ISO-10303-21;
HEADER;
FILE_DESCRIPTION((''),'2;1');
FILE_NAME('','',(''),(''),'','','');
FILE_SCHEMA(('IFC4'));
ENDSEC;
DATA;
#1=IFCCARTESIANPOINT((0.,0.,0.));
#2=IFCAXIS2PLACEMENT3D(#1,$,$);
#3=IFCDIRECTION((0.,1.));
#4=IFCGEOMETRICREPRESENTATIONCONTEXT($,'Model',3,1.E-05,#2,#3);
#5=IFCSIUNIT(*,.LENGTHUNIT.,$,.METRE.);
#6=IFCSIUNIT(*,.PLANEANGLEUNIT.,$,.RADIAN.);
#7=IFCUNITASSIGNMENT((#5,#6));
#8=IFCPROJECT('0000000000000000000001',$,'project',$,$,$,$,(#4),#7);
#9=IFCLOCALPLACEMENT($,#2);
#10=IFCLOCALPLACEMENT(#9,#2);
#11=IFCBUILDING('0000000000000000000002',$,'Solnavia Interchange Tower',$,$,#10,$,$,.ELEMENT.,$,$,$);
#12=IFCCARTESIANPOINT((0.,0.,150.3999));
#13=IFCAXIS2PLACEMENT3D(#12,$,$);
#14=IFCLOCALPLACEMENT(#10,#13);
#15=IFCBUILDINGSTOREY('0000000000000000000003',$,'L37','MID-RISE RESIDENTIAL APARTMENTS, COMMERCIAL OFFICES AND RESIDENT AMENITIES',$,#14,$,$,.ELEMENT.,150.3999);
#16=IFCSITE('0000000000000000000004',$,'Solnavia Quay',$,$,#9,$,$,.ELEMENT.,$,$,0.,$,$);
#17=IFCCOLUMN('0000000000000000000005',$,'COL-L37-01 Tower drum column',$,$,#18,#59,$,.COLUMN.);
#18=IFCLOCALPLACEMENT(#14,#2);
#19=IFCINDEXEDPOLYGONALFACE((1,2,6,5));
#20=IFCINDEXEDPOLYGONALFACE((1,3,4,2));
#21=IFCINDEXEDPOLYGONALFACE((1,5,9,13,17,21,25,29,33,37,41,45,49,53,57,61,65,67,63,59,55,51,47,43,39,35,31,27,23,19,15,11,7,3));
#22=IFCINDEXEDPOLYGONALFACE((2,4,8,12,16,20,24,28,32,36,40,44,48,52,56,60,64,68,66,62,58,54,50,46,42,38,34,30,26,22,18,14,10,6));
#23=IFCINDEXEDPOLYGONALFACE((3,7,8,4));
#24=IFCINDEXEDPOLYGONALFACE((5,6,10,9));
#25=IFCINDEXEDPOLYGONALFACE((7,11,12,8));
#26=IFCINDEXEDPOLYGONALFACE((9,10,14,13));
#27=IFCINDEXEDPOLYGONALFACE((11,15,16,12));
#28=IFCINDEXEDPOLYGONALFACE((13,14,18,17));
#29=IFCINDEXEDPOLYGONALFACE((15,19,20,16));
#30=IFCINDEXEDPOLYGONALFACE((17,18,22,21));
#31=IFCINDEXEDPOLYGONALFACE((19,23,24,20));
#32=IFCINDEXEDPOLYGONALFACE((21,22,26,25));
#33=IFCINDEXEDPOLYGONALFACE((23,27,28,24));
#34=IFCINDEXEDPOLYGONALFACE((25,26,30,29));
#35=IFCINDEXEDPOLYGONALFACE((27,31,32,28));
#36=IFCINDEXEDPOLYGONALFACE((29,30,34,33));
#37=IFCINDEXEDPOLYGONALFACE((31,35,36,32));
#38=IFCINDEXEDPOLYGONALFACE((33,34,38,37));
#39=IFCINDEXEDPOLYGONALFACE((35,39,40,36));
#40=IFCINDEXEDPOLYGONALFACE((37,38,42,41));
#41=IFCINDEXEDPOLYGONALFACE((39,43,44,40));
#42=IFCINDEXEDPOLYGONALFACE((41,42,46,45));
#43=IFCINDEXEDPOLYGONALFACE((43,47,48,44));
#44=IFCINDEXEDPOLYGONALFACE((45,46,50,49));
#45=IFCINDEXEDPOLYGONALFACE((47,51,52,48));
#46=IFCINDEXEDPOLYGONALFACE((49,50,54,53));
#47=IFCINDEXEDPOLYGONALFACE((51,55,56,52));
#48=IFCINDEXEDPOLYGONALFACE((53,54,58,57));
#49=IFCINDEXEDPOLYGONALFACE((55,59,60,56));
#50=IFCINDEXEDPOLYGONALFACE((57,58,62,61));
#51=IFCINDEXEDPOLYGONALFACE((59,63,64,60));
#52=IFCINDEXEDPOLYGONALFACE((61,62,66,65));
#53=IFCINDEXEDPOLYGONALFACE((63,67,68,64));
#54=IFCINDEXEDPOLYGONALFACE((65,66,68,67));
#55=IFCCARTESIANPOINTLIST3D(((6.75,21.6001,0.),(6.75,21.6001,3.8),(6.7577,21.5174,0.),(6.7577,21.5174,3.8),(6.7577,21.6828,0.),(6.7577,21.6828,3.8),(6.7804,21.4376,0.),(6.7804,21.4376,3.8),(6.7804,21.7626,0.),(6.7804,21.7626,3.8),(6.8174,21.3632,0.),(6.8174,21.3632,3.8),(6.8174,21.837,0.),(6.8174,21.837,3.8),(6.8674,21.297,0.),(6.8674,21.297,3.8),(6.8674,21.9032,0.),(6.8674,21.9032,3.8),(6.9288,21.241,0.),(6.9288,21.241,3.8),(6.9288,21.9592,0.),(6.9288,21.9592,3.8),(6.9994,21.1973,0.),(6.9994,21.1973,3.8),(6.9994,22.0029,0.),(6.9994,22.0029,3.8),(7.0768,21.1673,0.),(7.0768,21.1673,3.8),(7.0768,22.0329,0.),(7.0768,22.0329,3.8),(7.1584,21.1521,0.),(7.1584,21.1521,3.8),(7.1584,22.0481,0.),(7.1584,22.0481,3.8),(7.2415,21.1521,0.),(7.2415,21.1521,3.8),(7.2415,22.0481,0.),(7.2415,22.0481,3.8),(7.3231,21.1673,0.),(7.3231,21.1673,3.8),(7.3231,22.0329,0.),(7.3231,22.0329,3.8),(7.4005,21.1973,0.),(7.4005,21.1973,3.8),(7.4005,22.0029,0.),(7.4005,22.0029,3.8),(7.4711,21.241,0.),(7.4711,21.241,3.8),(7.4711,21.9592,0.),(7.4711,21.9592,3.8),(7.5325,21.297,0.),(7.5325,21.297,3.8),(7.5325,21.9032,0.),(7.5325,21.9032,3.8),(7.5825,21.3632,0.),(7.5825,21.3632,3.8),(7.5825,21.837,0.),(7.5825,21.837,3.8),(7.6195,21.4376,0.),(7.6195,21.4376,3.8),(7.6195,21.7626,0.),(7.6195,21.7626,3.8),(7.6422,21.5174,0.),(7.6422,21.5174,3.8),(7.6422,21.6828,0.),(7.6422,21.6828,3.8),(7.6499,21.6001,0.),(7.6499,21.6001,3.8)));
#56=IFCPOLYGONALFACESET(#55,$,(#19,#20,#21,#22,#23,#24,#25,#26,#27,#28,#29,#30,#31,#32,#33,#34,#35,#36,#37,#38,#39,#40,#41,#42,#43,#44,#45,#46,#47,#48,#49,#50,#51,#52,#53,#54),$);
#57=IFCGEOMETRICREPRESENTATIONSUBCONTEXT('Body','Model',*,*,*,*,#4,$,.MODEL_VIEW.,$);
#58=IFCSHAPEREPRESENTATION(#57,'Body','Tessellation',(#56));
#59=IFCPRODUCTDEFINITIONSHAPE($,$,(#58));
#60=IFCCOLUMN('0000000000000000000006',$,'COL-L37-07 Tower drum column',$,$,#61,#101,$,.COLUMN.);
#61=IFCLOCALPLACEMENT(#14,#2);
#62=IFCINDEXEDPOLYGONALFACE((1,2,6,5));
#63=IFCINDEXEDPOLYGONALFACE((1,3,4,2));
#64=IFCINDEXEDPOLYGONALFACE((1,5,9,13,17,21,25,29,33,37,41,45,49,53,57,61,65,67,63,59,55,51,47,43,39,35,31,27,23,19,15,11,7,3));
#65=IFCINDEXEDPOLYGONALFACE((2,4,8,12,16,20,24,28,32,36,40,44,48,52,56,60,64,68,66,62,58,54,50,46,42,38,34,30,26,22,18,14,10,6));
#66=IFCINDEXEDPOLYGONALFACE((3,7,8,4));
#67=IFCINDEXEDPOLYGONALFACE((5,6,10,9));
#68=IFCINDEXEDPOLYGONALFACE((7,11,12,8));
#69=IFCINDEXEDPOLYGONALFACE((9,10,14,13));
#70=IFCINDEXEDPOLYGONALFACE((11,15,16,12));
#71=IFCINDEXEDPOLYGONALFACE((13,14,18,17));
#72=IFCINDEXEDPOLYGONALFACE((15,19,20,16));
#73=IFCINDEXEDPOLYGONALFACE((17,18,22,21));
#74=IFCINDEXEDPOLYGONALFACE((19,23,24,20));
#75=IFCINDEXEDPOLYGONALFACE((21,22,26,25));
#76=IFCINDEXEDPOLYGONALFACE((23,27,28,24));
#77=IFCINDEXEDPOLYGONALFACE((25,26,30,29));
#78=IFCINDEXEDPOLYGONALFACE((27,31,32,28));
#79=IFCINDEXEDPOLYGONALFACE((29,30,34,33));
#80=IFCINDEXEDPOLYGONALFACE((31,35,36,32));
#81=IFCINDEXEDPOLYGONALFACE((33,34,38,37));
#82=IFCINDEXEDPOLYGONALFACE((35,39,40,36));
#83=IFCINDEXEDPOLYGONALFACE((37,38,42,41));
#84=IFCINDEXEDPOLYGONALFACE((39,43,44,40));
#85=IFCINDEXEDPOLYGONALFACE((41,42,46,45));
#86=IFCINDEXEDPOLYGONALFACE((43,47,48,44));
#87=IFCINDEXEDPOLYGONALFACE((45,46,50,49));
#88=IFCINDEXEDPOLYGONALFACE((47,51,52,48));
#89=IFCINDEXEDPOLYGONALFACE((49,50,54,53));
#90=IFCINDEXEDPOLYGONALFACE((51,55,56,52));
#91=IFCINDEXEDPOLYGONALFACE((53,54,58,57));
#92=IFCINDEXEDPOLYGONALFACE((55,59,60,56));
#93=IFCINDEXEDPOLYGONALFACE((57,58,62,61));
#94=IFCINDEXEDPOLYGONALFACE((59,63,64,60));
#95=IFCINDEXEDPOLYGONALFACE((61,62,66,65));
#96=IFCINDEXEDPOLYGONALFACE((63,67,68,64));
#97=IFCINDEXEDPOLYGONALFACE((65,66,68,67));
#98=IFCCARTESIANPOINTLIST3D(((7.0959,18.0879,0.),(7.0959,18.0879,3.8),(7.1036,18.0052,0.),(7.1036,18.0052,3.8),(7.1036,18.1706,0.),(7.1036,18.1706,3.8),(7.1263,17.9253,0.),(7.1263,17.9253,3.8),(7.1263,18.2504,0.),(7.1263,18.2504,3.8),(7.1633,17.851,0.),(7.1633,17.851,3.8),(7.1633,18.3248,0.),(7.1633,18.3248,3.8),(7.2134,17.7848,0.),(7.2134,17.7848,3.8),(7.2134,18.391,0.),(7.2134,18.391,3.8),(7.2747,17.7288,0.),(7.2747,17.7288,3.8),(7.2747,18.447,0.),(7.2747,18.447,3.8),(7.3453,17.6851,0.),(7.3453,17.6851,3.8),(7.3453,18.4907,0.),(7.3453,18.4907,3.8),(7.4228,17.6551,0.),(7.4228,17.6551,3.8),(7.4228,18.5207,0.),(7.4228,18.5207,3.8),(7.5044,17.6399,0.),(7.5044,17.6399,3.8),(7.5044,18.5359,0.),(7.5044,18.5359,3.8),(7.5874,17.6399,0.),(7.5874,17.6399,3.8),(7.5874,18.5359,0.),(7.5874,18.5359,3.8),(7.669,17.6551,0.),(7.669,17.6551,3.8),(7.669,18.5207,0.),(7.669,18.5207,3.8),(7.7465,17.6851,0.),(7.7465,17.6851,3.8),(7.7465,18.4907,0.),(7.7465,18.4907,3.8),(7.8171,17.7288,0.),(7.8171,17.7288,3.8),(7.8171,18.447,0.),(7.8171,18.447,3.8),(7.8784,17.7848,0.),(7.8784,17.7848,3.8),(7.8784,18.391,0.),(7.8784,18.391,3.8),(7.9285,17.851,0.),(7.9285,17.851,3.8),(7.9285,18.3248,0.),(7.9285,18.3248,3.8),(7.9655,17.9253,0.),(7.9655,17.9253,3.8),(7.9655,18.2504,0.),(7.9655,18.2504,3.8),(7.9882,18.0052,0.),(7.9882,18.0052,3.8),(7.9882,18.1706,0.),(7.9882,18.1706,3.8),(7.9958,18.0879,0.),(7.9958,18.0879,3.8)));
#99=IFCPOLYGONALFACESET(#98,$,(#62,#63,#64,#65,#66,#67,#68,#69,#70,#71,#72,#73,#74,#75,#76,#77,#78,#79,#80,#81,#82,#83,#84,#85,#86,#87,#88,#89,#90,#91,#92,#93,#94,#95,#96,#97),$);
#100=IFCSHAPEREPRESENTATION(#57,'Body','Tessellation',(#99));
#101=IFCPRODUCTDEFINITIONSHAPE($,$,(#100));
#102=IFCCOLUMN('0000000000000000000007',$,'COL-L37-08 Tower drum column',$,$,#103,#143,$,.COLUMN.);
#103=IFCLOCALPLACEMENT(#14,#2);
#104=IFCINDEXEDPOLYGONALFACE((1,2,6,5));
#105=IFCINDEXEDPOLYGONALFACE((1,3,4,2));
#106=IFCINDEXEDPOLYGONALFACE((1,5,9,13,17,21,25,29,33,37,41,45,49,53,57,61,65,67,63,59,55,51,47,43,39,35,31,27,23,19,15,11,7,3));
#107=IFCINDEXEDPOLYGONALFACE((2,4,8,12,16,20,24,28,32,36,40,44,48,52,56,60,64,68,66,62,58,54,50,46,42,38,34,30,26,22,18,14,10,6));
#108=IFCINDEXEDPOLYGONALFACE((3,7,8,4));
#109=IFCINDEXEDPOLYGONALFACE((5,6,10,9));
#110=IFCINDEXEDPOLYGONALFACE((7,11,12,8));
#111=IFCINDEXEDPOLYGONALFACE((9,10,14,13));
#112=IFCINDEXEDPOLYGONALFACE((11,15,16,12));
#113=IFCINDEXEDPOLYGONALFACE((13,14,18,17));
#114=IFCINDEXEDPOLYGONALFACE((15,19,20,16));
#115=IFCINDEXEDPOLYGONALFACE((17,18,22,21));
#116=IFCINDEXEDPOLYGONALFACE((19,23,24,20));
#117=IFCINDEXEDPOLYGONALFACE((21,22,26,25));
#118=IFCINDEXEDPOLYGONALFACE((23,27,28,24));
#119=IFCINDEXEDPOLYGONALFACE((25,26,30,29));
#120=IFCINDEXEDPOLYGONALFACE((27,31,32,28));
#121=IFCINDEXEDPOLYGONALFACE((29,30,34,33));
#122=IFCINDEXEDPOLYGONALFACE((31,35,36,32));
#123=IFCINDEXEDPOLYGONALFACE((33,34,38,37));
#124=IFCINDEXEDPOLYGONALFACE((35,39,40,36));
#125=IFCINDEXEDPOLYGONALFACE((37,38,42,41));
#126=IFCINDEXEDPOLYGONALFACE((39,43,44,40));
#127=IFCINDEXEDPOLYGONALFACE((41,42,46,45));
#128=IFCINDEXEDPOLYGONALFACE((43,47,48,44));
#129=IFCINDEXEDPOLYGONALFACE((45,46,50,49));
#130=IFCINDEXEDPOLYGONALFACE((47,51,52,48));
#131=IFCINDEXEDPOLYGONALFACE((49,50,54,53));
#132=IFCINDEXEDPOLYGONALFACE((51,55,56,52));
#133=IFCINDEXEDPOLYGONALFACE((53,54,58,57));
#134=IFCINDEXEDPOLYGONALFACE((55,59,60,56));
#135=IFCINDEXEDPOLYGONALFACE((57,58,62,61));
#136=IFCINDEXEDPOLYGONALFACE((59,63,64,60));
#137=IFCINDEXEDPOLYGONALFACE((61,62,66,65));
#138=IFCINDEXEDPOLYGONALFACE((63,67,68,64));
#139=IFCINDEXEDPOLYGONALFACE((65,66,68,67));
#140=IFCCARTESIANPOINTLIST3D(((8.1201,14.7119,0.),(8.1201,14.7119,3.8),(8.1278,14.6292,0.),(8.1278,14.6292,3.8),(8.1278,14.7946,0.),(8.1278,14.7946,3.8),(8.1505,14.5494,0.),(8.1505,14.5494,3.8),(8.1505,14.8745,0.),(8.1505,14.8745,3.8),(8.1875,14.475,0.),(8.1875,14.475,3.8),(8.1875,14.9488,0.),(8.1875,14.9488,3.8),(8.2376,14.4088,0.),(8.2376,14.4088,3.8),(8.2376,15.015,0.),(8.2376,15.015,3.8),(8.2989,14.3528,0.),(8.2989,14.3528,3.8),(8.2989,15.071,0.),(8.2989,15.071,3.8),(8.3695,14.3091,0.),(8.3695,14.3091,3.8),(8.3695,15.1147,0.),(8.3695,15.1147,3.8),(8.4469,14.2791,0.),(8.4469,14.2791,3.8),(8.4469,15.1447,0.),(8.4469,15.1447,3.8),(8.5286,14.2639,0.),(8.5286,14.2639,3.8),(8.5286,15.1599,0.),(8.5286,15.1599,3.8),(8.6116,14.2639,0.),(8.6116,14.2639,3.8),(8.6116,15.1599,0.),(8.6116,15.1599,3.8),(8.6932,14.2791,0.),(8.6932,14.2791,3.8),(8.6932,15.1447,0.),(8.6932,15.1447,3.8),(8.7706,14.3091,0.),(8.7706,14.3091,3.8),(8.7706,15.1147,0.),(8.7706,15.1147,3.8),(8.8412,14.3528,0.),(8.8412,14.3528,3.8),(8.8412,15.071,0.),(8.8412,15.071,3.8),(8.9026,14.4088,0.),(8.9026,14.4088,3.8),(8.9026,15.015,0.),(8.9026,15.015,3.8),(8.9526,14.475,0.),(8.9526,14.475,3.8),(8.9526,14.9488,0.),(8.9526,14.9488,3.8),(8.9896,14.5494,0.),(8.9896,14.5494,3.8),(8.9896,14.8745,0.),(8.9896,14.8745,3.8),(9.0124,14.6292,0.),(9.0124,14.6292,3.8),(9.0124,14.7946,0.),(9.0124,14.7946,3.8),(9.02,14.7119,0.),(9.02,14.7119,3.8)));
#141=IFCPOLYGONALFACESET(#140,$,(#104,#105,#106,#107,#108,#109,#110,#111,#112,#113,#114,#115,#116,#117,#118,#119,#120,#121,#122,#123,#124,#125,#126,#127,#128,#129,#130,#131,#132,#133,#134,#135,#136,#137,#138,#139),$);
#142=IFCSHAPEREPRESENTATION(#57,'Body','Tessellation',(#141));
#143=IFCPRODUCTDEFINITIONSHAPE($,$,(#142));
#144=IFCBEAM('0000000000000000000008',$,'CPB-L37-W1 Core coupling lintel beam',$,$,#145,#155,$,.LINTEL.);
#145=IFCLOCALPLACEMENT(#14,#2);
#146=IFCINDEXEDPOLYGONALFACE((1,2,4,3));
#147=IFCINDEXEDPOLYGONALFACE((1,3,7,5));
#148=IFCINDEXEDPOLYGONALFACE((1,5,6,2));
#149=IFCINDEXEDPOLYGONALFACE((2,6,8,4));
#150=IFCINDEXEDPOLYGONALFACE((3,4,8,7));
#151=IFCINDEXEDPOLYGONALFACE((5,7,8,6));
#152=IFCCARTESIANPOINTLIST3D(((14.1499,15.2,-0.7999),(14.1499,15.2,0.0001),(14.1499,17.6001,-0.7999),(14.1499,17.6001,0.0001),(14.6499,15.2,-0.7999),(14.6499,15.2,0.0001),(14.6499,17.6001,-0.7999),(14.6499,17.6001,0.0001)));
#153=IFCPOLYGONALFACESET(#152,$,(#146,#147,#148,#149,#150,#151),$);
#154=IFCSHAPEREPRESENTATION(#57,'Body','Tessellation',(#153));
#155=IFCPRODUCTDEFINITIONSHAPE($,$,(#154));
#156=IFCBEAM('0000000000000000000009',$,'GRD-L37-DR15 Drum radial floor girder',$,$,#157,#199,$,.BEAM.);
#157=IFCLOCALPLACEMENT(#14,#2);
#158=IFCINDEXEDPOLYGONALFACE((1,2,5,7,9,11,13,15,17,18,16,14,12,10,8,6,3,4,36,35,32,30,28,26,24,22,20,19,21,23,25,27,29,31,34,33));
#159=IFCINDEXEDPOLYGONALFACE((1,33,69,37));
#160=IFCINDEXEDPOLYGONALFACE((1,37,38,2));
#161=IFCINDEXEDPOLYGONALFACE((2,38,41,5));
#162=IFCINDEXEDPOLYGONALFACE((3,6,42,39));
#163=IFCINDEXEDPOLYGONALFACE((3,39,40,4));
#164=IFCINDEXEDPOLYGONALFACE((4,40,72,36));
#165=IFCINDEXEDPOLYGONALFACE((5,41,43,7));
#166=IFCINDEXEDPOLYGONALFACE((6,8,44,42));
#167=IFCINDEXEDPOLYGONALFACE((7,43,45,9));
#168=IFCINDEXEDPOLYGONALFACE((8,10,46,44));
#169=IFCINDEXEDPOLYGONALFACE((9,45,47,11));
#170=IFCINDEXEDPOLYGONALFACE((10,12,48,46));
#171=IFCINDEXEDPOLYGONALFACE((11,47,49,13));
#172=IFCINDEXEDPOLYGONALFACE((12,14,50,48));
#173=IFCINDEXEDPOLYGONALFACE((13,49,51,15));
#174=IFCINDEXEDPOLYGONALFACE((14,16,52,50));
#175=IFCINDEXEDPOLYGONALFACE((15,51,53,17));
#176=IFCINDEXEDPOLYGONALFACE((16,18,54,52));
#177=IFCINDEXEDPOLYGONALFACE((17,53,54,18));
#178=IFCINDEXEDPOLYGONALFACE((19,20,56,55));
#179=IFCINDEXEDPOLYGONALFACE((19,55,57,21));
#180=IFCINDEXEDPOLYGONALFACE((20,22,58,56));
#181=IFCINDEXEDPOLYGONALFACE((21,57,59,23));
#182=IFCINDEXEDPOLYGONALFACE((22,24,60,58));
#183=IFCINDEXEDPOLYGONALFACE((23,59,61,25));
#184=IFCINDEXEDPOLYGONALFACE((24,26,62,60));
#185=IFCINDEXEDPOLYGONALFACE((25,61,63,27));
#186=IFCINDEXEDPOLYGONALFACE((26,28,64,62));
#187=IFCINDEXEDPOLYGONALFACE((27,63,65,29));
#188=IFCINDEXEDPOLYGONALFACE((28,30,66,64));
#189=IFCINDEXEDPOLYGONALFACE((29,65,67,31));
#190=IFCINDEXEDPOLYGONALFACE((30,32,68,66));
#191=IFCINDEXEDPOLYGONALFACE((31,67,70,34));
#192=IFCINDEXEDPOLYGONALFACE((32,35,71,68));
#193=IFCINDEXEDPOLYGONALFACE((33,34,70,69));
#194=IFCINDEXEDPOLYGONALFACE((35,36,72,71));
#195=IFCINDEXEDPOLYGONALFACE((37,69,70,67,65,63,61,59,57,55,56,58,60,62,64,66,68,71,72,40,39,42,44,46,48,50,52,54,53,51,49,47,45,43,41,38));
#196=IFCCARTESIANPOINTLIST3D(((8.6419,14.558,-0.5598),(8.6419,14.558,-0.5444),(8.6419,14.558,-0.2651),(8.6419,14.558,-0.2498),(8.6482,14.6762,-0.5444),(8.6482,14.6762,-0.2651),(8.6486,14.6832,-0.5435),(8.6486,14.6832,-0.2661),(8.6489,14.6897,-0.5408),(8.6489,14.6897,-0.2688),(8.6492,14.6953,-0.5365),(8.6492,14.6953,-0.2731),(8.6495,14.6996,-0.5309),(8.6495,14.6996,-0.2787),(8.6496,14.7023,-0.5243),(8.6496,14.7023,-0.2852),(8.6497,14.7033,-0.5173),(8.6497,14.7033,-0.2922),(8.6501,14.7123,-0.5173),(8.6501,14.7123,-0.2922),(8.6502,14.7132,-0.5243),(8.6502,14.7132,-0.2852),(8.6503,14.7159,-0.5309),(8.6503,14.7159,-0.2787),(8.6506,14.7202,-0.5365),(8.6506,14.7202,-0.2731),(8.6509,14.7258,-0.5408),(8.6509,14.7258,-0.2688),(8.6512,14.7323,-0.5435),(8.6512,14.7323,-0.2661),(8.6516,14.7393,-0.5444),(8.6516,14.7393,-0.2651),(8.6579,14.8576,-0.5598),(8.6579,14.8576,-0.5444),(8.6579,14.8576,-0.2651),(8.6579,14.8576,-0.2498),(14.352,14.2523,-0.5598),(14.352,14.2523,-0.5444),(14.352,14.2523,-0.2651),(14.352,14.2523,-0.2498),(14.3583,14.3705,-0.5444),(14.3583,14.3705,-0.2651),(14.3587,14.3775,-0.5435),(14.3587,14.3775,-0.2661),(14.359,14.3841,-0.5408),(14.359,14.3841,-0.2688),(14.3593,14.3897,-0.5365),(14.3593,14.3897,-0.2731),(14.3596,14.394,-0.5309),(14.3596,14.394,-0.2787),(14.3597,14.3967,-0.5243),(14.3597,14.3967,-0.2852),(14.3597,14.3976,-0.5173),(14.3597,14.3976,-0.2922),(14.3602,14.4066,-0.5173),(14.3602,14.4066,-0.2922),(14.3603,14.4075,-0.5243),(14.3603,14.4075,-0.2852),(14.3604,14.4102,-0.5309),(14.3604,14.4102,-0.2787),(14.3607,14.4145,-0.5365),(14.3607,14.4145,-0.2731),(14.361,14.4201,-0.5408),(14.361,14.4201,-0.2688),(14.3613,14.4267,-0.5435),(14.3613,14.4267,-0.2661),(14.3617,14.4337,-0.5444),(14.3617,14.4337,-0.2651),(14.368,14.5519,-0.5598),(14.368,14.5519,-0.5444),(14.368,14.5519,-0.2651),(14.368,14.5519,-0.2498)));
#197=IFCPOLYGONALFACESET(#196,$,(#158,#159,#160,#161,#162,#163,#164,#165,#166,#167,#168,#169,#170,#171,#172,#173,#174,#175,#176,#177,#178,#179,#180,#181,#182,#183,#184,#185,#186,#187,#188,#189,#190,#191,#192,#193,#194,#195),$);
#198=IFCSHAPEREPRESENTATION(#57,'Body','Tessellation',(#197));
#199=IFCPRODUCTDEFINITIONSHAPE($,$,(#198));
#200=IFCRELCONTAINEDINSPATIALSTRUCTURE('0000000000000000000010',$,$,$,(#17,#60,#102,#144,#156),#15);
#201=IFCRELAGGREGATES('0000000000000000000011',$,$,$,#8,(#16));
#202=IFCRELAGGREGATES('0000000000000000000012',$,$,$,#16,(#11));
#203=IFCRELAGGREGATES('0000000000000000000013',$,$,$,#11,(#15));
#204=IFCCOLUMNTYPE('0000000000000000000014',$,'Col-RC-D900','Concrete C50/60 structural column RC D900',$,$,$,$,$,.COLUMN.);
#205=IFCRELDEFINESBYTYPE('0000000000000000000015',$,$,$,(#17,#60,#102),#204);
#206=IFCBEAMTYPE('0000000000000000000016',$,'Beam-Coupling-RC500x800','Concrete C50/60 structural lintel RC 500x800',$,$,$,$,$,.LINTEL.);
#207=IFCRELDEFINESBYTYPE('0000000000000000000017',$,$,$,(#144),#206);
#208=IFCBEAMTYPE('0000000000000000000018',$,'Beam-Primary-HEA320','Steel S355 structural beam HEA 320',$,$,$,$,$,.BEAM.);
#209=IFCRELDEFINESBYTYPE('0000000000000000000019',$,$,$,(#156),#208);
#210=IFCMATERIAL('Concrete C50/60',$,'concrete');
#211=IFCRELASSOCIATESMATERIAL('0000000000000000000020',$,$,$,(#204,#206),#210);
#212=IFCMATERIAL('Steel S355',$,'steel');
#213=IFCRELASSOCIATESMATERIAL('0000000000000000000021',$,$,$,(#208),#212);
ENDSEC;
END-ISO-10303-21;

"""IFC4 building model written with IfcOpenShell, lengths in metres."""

from ifc_helpers import new_model, si_unit, direction, frame, origin, origin_2d, place, context, subcontext, project, spatial, rectangle, circle, i_section, extrude, material, material_profile, profile_set, type_object, element, save


model = new_model("IFC4")

# Units and contexts
model_context = context("Model", 3, precision=1e-05, world=origin(), true_north=direction((0.0, 1.0)))
body_context = subcontext(model_context, "Body", "Model", "MODEL_VIEW")
ifc_project = project(units=[si_unit("LENGTHUNIT", "METRE"), si_unit("PLANEANGLEUNIT", "RADIAN")], contexts=[model_context])

# Site, building, storey
site_placement = place(None, origin())
site = spatial("IfcSite", under=ifc_project, at=site_placement, Name="Solnavia Quay", CompositionType="ELEMENT", RefElevation=0.0)
building_placement = place(site_placement, origin())
building = spatial("IfcBuilding", under=site, at=building_placement, Name="Solnavia Interchange Tower", CompositionType="ELEMENT")
storey_placement = place(building_placement, frame((0.0, 0.0, 150.3999)))
storey = spatial("IfcBuildingStorey", under=building, at=storey_placement, Name="L37", Description="MID-RISE RESIDENTIAL APARTMENTS, COMMERCIAL OFFICES AND RESIDENT AMENITIES", CompositionType="ELEMENT", Elevation=150.3999)

# Columns
ifc_material_1 = material(Name="Concrete C50/60", Category="concrete")
ifc_material_profile_1 = material_profile(ifc_material_1, circle(Radius=0.45, at=origin_2d()), Name="RC D900")
ifc_profile_set_1 = profile_set([ifc_material_profile_1], Name="Concrete C50/60")
column_type = type_object("IfcColumnType", Name="Col-RC-D900", Description="Concrete C50/60 structural column RC D900", PredefinedType="COLUMN", material=ifc_profile_set_1)
for number, where, z_axis, x_axis, name in (
    (1, (7.2, 21.6001, 0.0), (0.0, 0.0, 1.0), (1.0, 0.0, 0.0), "COL-L37-01 Tower drum column"),
    (2, (7.5459, 18.0879, 0.0), (0.0, 0.0, 1.0), (1.0, 0.0, 0.0), "COL-L37-07 Tower drum column"),
    (3, (8.5701, 14.7119, 0.0), (0.0, 0.0, 1.0), (1.0, 0.0, 0.0), "COL-L37-08 Tower drum column"),
):
    element("IfcColumn", number, at=place(storey_placement, frame(where, z_axis=z_axis, x_axis=x_axis)), inside=storey, type_object=column_type, Name=name, PredefinedType="COLUMN", context=body_context, shape_type="SweptSolid", body=[
        extrude(circle(Radius=0.45, at=origin_2d()), origin(), (0.0, 0.0, 1.0), 3.8),
    ])

# Beams
ifc_material_profile_2 = material_profile(ifc_material_1, rectangle(XDim=0.5, YDim=0.8, at=origin_2d()), Name="RC 500x800")
ifc_profile_set_2 = profile_set([ifc_material_profile_2], Name="Concrete C50/60")
beam_type_1 = type_object("IfcBeamType", Name="Beam-Coupling-RC500x800", Description="Concrete C50/60 structural lintel RC 500x800", PredefinedType="LINTEL", material=ifc_profile_set_2)
beam_1_placement = place(storey_placement, frame((14.3999, 15.2, -0.3999), z_axis=(0.0, 1.0, 0.0), x_axis=(-1.0, 0.0, 0.0)))
element("IfcBeam", 4, at=beam_1_placement, inside=storey, type_object=beam_type_1, Name="CPB-L37-W1 Core coupling lintel beam", PredefinedType="LINTEL", context=body_context, shape_type="SweptSolid", body=[
    extrude(rectangle(XDim=0.5, YDim=0.8, at=origin_2d()), origin(), (0.0, 0.0, 1.0), 2.4001),
])
ifc_material_2 = material(Name="Steel S355", Category="steel")
ifc_material_profile_3 = material_profile(ifc_material_2, i_section(OverallWidth=0.3, OverallDepth=0.3101, WebThickness=0.009, FlangeThickness=0.0154, FilletRadius=0.0271, at=origin_2d()), Name="HEA 320")
ifc_profile_set_3 = profile_set([ifc_material_profile_3], Name="Steel S355")
beam_type_2 = type_object("IfcBeamType", Name="Beam-Primary-HEA320", Description="Steel S355 structural beam HEA 320", PredefinedType="BEAM", material=ifc_profile_set_3)
beam_2_placement = place(storey_placement, frame((8.6499, 14.7078, -0.4048), z_axis=(0.99857, -0.053453, 0.0), x_axis=(0.053453, 0.99857, 0.0)))
element("IfcBeam", 5, at=beam_2_placement, inside=storey, type_object=beam_type_2, Name="GRD-L37-DR15 Drum radial floor girder", PredefinedType="BEAM", context=body_context, shape_type="SweptSolid", body=[
    extrude(i_section(OverallWidth=0.3, OverallDepth=0.3101, WebThickness=0.009, FlangeThickness=0.0154, FilletRadius=0.0271, at=origin_2d()), origin(), (0.0, 0.0, 1.0), 5.7183),
])

save(model, "model.ifc")
